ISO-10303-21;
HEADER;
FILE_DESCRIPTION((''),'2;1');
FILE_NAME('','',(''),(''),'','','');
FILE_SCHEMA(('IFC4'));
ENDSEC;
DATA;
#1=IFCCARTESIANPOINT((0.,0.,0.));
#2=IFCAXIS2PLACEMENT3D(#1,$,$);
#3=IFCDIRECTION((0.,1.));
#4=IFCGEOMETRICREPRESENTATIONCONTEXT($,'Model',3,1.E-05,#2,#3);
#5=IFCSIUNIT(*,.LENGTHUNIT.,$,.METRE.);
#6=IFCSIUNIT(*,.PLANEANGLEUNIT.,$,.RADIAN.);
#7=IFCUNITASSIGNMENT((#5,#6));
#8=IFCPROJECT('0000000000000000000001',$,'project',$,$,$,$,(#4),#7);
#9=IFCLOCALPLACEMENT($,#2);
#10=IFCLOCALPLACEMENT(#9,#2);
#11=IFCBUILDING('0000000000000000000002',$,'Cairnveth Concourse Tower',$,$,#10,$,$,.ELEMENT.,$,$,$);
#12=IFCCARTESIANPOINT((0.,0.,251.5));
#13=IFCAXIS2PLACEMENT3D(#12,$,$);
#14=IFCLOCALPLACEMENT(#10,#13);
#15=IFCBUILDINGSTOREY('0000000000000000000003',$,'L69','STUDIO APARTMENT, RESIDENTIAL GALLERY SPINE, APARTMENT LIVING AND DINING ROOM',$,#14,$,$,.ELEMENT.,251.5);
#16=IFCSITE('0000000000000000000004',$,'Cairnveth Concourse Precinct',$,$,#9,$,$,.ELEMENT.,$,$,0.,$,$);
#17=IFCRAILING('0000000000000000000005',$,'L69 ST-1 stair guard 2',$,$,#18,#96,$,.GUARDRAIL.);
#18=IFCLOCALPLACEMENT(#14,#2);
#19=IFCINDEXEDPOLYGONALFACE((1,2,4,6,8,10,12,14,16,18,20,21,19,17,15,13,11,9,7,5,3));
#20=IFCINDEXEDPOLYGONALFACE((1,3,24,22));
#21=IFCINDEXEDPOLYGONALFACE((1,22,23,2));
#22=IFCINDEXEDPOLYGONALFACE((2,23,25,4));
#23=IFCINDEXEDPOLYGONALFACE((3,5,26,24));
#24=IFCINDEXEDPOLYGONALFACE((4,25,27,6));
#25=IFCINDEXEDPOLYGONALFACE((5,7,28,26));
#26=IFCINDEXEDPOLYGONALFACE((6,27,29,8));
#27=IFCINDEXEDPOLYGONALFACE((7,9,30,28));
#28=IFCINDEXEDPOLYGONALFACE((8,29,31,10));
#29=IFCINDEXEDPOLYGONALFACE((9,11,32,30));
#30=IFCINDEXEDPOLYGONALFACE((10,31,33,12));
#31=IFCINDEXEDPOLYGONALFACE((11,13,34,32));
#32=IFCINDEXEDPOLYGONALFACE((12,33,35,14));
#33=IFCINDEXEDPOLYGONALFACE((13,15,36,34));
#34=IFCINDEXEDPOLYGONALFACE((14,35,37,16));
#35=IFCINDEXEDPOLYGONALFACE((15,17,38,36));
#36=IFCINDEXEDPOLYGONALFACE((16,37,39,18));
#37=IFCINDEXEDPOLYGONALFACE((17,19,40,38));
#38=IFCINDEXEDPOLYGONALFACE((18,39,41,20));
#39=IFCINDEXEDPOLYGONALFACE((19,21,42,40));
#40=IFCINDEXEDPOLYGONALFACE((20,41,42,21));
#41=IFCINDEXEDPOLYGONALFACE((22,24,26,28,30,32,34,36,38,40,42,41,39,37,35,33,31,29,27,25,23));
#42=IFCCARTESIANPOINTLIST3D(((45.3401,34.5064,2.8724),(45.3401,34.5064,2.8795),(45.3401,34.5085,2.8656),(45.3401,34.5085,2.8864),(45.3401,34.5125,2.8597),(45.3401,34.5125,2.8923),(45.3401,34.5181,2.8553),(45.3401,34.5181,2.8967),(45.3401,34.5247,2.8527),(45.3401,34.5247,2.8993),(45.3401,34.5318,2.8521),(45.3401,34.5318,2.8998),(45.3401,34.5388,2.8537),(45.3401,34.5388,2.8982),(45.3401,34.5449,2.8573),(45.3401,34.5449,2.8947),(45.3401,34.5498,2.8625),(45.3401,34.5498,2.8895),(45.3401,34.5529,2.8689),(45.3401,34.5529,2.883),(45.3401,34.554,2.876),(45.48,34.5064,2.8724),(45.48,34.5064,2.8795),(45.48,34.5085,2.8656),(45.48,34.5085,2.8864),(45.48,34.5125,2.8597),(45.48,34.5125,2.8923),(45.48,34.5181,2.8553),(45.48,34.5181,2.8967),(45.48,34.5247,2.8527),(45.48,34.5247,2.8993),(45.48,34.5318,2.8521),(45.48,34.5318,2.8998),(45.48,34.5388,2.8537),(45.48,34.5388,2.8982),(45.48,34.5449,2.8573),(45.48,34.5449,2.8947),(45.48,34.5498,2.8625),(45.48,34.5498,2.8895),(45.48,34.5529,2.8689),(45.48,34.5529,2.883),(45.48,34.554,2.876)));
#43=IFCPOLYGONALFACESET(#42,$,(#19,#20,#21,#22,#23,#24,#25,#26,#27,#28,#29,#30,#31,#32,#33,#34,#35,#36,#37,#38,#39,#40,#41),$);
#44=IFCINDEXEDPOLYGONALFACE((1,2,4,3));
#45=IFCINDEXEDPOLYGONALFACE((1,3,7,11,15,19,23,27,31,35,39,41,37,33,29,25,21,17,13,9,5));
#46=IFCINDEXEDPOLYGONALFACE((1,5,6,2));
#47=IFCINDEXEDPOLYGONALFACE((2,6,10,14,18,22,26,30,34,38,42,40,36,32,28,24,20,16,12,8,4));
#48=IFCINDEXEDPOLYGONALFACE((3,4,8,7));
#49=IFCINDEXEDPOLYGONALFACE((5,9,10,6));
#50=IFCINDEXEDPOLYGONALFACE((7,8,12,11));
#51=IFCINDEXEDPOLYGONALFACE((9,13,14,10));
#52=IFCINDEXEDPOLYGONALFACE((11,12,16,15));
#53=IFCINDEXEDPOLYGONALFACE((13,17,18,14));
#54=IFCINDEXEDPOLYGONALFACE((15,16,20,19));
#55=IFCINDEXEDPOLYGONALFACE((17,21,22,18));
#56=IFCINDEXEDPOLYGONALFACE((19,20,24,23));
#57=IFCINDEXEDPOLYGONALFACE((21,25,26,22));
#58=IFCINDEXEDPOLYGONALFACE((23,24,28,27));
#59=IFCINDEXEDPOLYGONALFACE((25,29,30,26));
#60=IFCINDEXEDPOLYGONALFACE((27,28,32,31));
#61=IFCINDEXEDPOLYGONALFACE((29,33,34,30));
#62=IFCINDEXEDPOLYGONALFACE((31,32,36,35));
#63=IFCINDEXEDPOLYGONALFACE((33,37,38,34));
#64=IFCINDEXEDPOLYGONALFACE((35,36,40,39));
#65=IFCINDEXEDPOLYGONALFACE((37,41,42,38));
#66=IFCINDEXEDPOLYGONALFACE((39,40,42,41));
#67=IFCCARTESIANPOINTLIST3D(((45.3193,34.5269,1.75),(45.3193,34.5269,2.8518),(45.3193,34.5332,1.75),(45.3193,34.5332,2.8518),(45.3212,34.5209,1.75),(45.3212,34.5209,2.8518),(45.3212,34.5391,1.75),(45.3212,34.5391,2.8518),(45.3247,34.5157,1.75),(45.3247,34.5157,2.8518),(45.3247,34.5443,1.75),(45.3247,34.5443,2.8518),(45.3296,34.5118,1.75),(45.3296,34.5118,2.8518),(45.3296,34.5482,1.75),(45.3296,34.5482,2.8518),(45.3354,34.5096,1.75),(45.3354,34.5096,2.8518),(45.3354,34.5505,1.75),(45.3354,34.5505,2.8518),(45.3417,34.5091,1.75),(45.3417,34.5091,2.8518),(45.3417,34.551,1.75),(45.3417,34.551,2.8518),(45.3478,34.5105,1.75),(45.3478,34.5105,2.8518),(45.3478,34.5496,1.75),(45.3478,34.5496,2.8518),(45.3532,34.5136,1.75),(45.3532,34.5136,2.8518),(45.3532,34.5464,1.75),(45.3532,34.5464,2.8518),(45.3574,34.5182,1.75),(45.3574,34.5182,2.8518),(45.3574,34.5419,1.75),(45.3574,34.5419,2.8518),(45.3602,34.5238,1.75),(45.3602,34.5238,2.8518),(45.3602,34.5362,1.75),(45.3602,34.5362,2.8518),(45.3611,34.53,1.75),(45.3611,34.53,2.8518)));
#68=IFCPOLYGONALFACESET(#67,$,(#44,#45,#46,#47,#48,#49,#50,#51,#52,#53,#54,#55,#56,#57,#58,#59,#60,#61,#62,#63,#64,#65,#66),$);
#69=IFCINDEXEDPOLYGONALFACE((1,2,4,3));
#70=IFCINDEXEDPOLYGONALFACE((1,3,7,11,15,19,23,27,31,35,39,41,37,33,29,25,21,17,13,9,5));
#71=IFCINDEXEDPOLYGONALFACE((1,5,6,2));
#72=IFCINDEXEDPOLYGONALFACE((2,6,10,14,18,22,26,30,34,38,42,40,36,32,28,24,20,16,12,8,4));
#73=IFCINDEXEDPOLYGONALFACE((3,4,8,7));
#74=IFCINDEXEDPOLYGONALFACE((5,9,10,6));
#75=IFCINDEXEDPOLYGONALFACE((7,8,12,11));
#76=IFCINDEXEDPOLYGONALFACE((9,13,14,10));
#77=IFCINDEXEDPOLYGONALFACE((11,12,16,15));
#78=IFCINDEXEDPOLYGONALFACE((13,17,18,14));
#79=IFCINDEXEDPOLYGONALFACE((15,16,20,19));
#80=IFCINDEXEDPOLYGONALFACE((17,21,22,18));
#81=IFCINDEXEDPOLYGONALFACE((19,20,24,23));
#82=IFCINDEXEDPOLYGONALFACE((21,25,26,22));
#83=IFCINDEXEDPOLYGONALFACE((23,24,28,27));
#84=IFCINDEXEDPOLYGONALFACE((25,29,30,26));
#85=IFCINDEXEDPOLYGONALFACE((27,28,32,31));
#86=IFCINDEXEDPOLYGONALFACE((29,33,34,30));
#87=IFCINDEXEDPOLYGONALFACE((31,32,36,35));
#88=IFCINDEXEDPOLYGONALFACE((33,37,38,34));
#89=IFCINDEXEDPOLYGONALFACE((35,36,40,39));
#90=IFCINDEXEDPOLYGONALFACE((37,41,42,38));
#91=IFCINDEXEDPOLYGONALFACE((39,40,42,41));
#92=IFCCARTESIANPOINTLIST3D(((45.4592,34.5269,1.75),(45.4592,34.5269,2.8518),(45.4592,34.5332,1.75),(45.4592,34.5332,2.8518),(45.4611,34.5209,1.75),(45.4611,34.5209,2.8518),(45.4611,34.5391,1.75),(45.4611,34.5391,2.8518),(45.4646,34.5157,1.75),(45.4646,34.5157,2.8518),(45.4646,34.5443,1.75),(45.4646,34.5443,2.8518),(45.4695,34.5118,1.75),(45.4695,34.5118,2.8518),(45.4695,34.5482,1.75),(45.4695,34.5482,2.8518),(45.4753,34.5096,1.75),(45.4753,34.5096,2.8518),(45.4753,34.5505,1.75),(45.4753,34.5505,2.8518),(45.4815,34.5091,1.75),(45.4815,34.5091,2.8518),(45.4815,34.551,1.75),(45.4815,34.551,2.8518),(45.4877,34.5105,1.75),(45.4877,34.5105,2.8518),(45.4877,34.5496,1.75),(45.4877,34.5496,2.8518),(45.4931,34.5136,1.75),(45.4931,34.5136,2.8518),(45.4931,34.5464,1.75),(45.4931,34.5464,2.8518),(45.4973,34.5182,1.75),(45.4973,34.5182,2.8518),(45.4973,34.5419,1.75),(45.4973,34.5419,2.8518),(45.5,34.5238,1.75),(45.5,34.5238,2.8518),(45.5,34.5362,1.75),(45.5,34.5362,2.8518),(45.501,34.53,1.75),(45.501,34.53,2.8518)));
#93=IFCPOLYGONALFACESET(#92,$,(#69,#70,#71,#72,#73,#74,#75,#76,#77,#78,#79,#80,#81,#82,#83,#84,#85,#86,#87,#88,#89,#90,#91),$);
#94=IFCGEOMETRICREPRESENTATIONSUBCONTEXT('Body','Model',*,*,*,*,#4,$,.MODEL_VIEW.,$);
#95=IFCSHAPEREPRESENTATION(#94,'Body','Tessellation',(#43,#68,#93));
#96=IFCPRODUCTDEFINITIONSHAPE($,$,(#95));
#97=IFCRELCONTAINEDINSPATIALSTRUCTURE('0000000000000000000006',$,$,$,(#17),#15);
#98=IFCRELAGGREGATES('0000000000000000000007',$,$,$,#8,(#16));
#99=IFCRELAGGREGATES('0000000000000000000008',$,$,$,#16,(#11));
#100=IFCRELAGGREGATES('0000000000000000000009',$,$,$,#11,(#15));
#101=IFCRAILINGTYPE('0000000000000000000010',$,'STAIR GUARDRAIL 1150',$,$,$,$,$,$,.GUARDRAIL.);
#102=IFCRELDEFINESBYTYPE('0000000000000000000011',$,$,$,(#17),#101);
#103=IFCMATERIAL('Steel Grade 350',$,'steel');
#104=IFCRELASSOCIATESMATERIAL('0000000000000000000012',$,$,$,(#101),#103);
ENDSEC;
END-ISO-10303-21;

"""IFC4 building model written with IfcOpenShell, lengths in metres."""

from ifc_helpers import new_model, si_unit, direction, frame, origin, origin_2d, place, context, subcontext, project, spatial, circle, extrude, material, type_object, element, save


model = new_model("IFC4")

# Units and contexts
model_context = context("Model", 3, precision=1e-05, world=origin(), true_north=direction((0.0, 1.0)))
body_context = subcontext(model_context, "Body", "Model", "MODEL_VIEW")
ifc_project = project(units=[si_unit("LENGTHUNIT", "METRE"), si_unit("PLANEANGLEUNIT", "RADIAN")], contexts=[model_context])

# Site, building, storey
site_placement = place(None, origin())
site = spatial("IfcSite", under=ifc_project, at=site_placement, Name="Cairnveth Concourse Precinct", CompositionType="ELEMENT", RefElevation=0.0)
building_placement = place(site_placement, origin())
building = spatial("IfcBuilding", under=site, at=building_placement, Name="Cairnveth Concourse Tower", CompositionType="ELEMENT")
storey_placement = place(building_placement, frame((0.0, 0.0, 251.5)))
storey = spatial("IfcBuildingStorey", under=building, at=storey_placement, Name="L69", Description="STUDIO APARTMENT, RESIDENTIAL GALLERY SPINE, APARTMENT LIVING AND DINING ROOM", CompositionType="ELEMENT", Elevation=251.5)

# Railing
ifc_material_1 = material(Name="Steel Grade 350", Category="steel")
railing_type_1 = type_object("IfcRailingType", Name="STAIR GUARDRAIL 1150", PredefinedType="GUARDRAIL", material=ifc_material_1)
railing_1_placement = place(storey_placement, frame((45.3401, 34.53, 1.75)))
element("IfcRailing", 1, at=railing_1_placement, inside=storey, type_object=railing_type_1, Name="L69 ST-1 stair guard 2", PredefinedType="GUARDRAIL", context=body_context, shape_type="SweptSolid", body=[
    extrude(circle(Radius=0.0239, at=origin_2d()), frame((0.0, 0.0, 1.126), z_axis=(1.0, 0.0, 0.0), x_axis=(0.0, 1.0, 0.0)), (0.0, 0.0, 1.0), 0.1399),
    extrude(circle(Radius=0.021, at=origin_2d()), origin(), (0.0, 0.0, 1.0), 1.1018),
    extrude(circle(Radius=0.021, at=origin_2d()), frame((0.1399, 0.0, 0.0)), (0.0, 0.0, 1.0), 1.1018),
])

save(model, "model.ifc")
